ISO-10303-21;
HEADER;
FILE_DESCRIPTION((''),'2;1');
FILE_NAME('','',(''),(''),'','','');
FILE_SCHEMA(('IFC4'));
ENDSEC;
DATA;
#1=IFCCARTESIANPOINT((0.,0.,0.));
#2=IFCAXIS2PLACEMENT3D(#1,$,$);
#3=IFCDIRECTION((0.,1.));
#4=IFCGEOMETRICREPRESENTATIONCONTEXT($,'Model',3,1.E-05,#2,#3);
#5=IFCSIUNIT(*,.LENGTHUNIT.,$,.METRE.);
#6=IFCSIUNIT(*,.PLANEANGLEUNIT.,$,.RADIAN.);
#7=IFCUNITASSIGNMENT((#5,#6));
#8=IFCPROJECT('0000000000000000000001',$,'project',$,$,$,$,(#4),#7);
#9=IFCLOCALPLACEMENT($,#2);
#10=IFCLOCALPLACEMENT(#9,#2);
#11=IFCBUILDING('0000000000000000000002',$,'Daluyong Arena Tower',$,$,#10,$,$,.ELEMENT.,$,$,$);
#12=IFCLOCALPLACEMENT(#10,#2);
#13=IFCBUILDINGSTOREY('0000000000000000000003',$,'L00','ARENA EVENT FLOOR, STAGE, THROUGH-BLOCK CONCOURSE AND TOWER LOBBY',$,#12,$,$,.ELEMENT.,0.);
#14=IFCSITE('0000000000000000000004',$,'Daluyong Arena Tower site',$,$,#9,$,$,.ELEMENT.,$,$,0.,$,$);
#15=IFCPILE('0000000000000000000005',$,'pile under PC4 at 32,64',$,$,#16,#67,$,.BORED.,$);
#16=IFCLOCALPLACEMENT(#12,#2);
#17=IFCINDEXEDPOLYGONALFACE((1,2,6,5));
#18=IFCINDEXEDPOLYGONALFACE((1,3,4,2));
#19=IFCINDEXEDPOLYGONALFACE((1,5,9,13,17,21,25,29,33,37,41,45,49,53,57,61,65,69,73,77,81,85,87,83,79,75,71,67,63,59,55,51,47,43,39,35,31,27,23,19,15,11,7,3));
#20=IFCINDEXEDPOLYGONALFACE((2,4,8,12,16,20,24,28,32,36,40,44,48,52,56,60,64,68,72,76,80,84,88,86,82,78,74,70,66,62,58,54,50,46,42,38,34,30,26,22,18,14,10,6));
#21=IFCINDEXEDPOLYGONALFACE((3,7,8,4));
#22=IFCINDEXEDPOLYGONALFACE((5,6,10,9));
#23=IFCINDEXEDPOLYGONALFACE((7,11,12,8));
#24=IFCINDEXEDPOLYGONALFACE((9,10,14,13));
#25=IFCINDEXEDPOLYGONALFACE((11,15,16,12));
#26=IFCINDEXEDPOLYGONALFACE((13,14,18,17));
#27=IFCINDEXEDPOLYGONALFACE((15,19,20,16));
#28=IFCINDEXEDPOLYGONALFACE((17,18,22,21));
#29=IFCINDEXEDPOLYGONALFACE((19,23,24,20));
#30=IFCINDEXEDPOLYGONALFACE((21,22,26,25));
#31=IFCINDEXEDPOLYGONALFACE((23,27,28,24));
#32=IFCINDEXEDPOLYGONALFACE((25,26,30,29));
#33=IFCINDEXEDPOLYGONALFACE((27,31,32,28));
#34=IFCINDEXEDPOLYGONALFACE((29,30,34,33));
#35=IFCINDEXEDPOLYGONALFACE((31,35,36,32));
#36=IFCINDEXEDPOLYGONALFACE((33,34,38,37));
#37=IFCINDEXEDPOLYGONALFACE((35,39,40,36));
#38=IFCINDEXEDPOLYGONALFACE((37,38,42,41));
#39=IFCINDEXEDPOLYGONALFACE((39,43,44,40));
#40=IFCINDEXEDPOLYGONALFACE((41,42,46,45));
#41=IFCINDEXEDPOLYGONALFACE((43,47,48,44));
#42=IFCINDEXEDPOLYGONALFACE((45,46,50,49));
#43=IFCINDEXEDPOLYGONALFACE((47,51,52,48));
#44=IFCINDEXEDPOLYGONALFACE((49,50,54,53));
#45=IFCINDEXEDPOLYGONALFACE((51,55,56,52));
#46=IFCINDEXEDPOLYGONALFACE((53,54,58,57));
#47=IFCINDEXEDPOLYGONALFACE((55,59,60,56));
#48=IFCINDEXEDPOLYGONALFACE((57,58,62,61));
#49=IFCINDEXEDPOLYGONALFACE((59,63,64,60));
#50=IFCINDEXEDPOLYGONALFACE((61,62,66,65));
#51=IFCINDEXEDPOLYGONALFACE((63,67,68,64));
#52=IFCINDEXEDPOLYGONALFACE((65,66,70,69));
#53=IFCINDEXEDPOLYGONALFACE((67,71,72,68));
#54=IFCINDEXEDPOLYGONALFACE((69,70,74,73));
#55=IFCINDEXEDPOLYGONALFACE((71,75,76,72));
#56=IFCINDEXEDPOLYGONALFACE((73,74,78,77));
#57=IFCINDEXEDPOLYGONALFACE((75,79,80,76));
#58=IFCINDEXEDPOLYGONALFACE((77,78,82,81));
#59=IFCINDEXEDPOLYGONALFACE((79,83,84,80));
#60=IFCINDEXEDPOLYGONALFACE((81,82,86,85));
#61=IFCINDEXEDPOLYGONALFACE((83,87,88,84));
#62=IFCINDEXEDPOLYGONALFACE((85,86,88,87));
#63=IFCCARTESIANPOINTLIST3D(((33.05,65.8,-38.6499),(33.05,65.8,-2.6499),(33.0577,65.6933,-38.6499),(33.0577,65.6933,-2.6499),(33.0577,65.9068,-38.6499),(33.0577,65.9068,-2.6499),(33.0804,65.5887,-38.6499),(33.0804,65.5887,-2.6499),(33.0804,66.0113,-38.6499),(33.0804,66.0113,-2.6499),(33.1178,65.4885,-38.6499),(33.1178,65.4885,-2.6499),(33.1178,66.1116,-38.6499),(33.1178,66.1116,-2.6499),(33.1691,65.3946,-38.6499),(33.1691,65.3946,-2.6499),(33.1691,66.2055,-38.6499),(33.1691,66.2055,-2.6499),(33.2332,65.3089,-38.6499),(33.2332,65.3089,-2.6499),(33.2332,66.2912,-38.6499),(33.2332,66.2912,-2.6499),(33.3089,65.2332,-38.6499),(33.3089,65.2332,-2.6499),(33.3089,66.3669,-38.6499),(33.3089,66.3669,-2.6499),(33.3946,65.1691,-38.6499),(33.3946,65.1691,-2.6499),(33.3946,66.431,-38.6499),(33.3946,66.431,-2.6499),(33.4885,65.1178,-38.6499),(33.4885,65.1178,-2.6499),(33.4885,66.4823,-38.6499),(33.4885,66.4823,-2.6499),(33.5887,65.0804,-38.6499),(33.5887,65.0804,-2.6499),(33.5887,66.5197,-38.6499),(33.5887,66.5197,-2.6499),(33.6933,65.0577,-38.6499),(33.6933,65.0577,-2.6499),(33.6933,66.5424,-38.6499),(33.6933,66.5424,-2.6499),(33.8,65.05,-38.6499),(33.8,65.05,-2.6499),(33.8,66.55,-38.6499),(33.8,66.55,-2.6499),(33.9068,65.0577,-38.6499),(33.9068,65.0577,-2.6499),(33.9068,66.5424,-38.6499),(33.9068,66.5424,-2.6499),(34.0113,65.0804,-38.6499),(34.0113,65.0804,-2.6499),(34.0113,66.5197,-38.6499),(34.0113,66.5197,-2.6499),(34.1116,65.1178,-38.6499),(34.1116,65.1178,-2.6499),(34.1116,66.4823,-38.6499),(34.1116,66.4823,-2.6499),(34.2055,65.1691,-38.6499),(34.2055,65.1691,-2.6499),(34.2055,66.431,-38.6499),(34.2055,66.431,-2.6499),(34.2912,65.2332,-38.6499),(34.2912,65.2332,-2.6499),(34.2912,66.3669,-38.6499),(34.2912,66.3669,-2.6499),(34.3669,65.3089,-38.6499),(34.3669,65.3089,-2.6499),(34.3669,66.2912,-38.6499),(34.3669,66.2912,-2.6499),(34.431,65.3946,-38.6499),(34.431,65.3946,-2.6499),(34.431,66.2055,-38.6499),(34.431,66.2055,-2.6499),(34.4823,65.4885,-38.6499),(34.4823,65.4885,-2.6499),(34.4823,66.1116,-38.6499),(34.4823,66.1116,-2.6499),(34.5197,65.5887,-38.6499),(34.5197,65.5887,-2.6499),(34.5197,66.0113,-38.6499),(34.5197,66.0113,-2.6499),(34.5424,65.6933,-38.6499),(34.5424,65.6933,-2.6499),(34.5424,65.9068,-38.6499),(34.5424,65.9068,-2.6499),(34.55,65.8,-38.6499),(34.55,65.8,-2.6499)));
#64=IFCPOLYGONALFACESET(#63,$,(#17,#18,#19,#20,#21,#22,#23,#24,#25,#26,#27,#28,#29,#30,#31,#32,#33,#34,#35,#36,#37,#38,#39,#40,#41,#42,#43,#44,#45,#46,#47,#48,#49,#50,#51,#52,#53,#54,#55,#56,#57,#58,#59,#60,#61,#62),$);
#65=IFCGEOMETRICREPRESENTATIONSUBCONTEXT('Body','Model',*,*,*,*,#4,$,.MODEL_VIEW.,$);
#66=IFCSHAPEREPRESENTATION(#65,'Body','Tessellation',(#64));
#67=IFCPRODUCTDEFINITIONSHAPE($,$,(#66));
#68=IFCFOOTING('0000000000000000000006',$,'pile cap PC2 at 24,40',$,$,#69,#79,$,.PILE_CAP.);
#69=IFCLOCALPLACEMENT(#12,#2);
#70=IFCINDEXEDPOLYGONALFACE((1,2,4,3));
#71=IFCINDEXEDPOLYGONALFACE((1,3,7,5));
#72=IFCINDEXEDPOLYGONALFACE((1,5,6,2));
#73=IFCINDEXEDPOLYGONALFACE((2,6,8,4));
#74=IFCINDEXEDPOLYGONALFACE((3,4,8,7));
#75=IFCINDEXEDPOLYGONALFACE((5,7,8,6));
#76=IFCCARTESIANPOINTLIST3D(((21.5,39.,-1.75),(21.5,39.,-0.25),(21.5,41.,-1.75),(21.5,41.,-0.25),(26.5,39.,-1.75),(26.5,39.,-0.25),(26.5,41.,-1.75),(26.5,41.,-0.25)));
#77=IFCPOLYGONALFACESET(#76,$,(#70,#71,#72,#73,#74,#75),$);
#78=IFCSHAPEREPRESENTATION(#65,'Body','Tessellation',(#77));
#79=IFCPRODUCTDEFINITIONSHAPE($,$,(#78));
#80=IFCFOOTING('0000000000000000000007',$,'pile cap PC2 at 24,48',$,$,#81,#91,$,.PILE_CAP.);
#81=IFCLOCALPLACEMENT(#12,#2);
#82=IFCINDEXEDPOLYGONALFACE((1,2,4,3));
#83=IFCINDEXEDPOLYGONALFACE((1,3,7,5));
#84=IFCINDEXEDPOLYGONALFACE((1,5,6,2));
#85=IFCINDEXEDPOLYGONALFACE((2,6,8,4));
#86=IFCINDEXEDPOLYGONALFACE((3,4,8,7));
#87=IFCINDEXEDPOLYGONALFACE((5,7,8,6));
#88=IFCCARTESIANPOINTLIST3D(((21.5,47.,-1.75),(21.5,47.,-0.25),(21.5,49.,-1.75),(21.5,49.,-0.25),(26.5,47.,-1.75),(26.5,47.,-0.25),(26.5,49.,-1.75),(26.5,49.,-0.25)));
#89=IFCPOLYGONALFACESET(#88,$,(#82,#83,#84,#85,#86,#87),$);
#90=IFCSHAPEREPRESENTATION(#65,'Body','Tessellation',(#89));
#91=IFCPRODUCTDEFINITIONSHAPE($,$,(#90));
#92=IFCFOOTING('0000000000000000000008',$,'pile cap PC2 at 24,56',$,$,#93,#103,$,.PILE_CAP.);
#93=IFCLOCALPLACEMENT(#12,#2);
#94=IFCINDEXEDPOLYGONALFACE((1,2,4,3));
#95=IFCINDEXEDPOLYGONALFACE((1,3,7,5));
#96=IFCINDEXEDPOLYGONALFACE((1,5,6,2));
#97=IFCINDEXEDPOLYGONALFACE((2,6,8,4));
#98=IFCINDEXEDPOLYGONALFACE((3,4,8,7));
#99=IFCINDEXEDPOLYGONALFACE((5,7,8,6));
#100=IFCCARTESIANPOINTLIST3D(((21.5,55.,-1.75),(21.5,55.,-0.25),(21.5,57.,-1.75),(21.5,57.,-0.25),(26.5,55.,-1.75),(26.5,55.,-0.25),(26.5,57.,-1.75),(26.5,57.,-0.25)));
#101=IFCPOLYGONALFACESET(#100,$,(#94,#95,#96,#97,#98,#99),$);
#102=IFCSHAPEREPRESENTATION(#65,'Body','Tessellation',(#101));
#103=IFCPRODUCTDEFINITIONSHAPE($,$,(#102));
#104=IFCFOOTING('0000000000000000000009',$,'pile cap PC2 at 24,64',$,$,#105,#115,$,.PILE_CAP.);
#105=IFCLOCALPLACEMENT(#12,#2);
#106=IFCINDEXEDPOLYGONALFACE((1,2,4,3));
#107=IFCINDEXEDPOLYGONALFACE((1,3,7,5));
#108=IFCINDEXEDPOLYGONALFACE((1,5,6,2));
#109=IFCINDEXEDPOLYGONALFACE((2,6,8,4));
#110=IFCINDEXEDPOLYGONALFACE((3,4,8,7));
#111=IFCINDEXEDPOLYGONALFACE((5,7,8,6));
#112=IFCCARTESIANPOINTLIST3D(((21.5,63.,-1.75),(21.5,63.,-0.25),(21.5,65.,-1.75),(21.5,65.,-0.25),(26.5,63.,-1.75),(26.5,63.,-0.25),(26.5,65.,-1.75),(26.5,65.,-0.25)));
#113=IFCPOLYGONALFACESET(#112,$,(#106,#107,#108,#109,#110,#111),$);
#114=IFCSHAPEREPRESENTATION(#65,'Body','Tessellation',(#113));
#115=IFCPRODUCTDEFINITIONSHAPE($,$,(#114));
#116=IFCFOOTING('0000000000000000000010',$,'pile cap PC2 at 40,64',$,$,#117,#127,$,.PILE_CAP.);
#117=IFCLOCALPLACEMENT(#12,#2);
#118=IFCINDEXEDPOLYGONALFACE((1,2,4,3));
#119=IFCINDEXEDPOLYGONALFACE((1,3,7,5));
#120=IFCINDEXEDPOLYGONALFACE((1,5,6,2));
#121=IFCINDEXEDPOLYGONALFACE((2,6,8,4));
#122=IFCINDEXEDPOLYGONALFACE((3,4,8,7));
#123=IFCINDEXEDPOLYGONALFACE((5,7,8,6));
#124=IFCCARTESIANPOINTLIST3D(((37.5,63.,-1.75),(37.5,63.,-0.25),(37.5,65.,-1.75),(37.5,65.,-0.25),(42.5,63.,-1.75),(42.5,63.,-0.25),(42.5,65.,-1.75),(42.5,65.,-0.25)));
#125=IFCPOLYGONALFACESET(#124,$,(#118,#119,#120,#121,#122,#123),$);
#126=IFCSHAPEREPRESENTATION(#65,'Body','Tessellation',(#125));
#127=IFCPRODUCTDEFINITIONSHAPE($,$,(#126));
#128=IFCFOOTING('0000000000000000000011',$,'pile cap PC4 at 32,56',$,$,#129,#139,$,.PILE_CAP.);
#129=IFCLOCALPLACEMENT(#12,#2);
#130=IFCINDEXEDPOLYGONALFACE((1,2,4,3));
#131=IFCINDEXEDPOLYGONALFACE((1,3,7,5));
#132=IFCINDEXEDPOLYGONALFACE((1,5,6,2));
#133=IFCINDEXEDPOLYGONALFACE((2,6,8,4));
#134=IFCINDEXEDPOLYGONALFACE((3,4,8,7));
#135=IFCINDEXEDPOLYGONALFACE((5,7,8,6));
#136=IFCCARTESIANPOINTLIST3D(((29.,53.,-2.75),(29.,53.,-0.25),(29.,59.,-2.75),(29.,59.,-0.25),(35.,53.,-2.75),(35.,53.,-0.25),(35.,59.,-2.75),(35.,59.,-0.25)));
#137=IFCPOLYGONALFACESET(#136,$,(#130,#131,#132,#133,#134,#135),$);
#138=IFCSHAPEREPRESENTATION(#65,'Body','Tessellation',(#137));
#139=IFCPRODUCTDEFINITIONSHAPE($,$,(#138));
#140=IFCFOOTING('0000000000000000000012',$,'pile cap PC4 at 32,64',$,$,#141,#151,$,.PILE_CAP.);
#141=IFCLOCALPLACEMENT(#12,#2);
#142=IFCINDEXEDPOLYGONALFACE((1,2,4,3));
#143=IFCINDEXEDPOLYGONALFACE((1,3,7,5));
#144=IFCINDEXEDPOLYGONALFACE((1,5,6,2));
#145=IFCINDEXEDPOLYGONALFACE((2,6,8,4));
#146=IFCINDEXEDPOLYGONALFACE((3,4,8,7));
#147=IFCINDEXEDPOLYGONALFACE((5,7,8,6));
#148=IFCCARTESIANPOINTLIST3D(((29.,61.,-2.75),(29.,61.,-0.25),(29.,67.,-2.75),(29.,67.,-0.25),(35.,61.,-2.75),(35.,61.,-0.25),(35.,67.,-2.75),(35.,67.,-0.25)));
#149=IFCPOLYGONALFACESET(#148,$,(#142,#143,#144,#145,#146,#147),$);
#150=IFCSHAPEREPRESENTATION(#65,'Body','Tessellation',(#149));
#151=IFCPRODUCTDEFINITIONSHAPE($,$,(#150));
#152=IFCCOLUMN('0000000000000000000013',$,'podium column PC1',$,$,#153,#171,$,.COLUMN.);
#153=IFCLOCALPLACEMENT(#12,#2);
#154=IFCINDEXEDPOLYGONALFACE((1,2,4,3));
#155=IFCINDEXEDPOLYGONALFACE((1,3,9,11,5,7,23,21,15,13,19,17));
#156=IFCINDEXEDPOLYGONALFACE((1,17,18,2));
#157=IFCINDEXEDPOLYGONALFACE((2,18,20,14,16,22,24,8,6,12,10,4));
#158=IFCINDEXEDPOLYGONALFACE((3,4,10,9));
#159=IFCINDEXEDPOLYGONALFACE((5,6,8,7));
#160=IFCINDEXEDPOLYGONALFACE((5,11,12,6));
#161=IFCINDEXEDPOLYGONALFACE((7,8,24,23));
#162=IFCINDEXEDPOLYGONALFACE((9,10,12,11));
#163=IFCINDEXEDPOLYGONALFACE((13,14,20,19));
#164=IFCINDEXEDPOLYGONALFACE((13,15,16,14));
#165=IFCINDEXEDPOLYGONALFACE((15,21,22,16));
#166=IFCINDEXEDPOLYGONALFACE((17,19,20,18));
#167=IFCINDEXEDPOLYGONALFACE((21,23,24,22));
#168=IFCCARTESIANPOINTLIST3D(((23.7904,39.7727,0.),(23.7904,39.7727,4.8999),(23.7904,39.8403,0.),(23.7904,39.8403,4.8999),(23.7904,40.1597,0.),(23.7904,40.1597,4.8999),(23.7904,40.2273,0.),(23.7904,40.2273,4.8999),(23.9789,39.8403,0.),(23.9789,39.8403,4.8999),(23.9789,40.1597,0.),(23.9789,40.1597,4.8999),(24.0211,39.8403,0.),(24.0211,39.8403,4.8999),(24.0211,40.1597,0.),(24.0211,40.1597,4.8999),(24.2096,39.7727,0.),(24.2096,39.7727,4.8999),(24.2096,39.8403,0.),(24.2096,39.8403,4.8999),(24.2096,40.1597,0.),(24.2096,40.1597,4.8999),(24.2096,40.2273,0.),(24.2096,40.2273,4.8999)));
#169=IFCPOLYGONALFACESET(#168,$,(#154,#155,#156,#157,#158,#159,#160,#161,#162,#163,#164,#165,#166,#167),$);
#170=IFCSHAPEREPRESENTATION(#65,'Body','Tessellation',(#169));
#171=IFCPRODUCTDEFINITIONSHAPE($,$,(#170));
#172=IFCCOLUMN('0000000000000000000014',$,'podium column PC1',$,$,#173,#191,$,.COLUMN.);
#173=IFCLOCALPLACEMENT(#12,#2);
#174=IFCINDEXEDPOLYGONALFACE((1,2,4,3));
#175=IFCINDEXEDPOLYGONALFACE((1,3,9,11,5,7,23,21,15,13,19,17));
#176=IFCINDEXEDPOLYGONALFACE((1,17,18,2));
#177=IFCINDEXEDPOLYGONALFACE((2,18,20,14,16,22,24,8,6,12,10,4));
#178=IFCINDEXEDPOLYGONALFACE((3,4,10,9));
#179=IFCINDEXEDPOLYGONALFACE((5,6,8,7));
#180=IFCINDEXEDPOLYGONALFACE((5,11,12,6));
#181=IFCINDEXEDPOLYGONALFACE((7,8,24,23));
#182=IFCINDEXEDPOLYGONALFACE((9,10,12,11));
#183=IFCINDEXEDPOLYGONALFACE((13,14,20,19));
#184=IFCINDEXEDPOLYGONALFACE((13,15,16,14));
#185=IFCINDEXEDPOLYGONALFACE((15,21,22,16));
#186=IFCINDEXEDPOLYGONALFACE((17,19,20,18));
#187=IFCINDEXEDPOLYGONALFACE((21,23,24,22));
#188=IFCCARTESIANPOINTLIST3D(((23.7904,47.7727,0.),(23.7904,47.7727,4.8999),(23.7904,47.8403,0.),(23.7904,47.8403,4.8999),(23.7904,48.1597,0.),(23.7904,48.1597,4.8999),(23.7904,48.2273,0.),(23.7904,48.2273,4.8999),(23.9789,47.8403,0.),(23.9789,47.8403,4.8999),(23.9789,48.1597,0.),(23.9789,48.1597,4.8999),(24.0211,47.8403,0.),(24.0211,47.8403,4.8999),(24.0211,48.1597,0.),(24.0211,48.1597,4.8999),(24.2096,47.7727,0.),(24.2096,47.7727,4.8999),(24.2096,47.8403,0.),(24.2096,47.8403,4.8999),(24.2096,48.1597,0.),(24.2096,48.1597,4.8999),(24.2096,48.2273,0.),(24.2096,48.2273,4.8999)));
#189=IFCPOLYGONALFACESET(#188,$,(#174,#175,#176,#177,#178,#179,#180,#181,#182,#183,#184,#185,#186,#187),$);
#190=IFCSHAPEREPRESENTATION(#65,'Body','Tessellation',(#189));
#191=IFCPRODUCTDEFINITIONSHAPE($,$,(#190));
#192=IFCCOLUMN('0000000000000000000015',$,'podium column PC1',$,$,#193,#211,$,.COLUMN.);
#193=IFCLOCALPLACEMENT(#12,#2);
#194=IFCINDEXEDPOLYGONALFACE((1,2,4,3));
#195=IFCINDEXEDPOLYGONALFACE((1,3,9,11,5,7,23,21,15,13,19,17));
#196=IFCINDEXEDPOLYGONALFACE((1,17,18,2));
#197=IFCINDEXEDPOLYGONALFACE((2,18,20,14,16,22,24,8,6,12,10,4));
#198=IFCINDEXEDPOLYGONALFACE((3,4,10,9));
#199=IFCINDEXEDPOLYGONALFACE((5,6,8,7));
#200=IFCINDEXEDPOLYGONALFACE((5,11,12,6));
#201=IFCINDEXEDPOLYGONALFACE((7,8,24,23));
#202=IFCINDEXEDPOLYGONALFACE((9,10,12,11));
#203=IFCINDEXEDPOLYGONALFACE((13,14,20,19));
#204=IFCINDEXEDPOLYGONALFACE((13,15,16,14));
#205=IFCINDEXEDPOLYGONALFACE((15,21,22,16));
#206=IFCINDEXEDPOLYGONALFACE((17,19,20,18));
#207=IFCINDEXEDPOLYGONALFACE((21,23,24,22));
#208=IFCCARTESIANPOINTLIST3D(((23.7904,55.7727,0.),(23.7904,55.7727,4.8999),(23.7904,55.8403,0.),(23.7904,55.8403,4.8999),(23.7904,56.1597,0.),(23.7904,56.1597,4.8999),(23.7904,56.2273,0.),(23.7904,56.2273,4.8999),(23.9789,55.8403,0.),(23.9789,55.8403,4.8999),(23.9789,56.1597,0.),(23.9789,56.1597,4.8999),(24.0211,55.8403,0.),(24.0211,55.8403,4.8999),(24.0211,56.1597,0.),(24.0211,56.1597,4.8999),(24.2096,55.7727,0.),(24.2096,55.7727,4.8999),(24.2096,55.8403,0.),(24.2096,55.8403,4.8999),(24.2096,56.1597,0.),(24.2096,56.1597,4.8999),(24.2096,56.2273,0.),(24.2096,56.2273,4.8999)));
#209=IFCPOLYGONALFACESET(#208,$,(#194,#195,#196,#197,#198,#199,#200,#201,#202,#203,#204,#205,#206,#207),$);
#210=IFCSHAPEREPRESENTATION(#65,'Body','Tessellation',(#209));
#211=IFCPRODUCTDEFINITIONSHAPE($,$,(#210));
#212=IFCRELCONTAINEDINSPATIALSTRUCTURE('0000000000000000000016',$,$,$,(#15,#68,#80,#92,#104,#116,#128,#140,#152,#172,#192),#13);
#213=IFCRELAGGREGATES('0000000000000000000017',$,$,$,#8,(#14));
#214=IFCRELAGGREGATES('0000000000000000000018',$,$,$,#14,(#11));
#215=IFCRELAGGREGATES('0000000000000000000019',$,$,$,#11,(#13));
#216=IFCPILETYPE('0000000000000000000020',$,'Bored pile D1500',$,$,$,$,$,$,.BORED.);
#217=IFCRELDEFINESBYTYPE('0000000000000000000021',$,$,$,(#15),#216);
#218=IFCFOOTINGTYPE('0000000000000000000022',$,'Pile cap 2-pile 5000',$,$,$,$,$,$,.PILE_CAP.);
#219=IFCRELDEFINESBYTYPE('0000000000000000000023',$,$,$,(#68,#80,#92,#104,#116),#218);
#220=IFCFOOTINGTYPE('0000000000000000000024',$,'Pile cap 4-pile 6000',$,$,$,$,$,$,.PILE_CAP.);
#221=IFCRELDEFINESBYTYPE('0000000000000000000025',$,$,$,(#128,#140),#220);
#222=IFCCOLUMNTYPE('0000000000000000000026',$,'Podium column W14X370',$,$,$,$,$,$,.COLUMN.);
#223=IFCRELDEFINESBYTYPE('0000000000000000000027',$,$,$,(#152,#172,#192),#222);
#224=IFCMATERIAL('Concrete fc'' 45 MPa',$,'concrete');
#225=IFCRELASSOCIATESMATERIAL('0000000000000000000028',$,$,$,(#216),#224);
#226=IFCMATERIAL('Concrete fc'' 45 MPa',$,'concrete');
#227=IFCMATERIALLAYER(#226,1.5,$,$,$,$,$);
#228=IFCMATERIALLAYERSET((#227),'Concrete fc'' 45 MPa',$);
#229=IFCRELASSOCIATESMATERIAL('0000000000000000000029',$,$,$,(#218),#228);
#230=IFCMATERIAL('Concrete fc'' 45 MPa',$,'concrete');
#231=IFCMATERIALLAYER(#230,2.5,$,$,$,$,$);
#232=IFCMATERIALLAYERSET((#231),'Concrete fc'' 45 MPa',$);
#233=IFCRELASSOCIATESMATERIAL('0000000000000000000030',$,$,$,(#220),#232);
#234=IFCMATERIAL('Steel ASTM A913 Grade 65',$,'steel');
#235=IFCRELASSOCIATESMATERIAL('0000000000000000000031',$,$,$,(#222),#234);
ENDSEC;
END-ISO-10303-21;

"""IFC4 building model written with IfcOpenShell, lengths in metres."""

from ifc_helpers import new_model, si_unit, direction, frame, origin, origin_2d, place, context, subcontext, project, spatial, rectangle, circle, i_section, extrude, material, layer, layer_set, material_profile, profile_set, type_object, element, save


model = new_model("IFC4")

# Units and contexts
model_context = context("Model", 3, precision=1e-05, world=origin(), true_north=direction((0.0, 1.0)))
body_context = subcontext(model_context, "Body", "Model", "MODEL_VIEW")
ifc_project = project(units=[si_unit("LENGTHUNIT", "METRE"), si_unit("PLANEANGLEUNIT", "RADIAN")], contexts=[model_context])

# Site, building, storey
site_placement = place(None, origin())
site = spatial("IfcSite", under=ifc_project, at=site_placement, Name="Daluyong Arena Tower site", CompositionType="ELEMENT", RefElevation=0.0)
building_placement = place(site_placement, origin())
building = spatial("IfcBuilding", under=site, at=building_placement, Name="Daluyong Arena Tower", CompositionType="ELEMENT")
storey_placement = place(building_placement, origin())
storey = spatial("IfcBuildingStorey", under=building, at=storey_placement, Name="L00", Description="ARENA EVENT FLOOR, STAGE, THROUGH-BLOCK CONCOURSE AND TOWER LOBBY", CompositionType="ELEMENT", Elevation=0.0)

# Pile
ifc_material_1 = material(Name="Concrete fc' 45 MPa", Category="concrete")
pile_type_1 = type_object("IfcPileType", Name="Bored pile D1500", PredefinedType="BORED", material=ifc_material_1)
for number, where, z_axis, x_axis, name in (
    (1, (33.8, 65.8, -2.6499), (0.0, 0.0, -1.0), (1.0, 0.0, 0.0), "pile under PC4 at 32,64"),
):
    element("IfcPile", number, at=place(storey_placement, frame(where, z_axis=z_axis, x_axis=x_axis)), inside=storey, type_object=pile_type_1, Name=name, PredefinedType="BORED", context=body_context, shape_type="SweptSolid", body=[
        extrude(circle(Radius=0.75, at=origin_2d()), origin(), (0.0, 0.0, 1.0), 36.0),
    ])

# Footings
ifc_material_2 = material(Name="Concrete fc' 45 MPa", Category="concrete")
ifc_layer_1 = layer(ifc_material_2, 1.5)
ifc_layer_set_1 = layer_set([ifc_layer_1], Name="Concrete fc' 45 MPa")
footing_type_1 = type_object("IfcFootingType", Name="Pile cap 2-pile 5000", PredefinedType="PILE_CAP", material=ifc_layer_set_1)
for number, where, z_axis, x_axis, name in (
    (2, (24.0, 40.0, -1.75), (0.0, 0.0, 1.0), (1.0, 0.0, 0.0), "pile cap PC2 at 24,40"),
    (3, (24.0, 48.0, -1.75), (0.0, 0.0, 1.0), (1.0, 0.0, 0.0), "pile cap PC2 at 24,48"),
    (4, (24.0, 56.0, -1.75), (0.0, 0.0, 1.0), (1.0, 0.0, 0.0), "pile cap PC2 at 24,56"),
    (5, (24.0, 64.0, -1.75), (0.0, 0.0, 1.0), (1.0, 0.0, 0.0), "pile cap PC2 at 24,64"),
    (6, (40.0, 64.0, -1.75), (0.0, 0.0, 1.0), (1.0, 0.0, 0.0), "pile cap PC2 at 40,64"),
):
    element("IfcFooting", number, at=place(storey_placement, frame(where, z_axis=z_axis, x_axis=x_axis)), inside=storey, type_object=footing_type_1, Name=name, PredefinedType="PILE_CAP", context=body_context, shape_type="SweptSolid", body=[
        extrude(rectangle(XDim=5.0, YDim=2.0, at=origin_2d()), origin(), (0.0, 0.0, 1.0), 1.5),
    ])
ifc_material_3 = material(Name="Concrete fc' 45 MPa", Category="concrete")
ifc_layer_2 = layer(ifc_material_3, 2.5)
ifc_layer_set_2 = layer_set([ifc_layer_2], Name="Concrete fc' 45 MPa")
footing_type_2 = type_object("IfcFootingType", Name="Pile cap 4-pile 6000", PredefinedType="PILE_CAP", material=ifc_layer_set_2)
for number, where, z_axis, x_axis, name in (
    (7, (32.0, 56.0, -2.75), (0.0, 0.0, 1.0), (1.0, 0.0, 0.0), "pile cap PC4 at 32,56"),
    (8, (32.0, 64.0, -2.75), (0.0, 0.0, 1.0), (1.0, 0.0, 0.0), "pile cap PC4 at 32,64"),
):
    element("IfcFooting", number, at=place(storey_placement, frame(where, z_axis=z_axis, x_axis=x_axis)), inside=storey, type_object=footing_type_2, Name=name, PredefinedType="PILE_CAP", context=body_context, shape_type="SweptSolid", body=[
        extrude(rectangle(XDim=6.0, YDim=6.0, at=origin_2d()), origin(), (0.0, 0.0, 1.0), 2.5),
    ])

# Columns
ifc_material_4 = material(Name="Steel ASTM A913 Grade 65", Category="steel")
ifc_material_profile_1 = material_profile(ifc_material_4, i_section(OverallWidth=0.4192, OverallDepth=0.4546, WebThickness=0.0422, FlangeThickness=0.0676, at=origin_2d()))
ifc_profile_set_1 = profile_set([ifc_material_profile_1], Name="Steel ASTM A913 Grade 65")
column_type_1 = type_object("IfcColumnType", Name="Podium column W14X370", PredefinedType="COLUMN", material=ifc_profile_set_1)
for number, where, z_axis, x_axis, name in (
    (9, (24.0, 40.0, 0.0), (0.0, 0.0, 1.0), (1.0, 0.0, 0.0), "podium column PC1"),
    (10, (24.0, 48.0, 0.0), (0.0, 0.0, 1.0), (1.0, 0.0, 0.0), "podium column PC1"),
    (11, (24.0, 56.0, 0.0), (0.0, 0.0, 1.0), (1.0, 0.0, 0.0), "podium column PC1"),
):
    element("IfcColumn", number, at=place(storey_placement, frame(where, z_axis=z_axis, x_axis=x_axis)), inside=storey, type_object=column_type_1, Name=name, PredefinedType="COLUMN", context=body_context, shape_type="SweptSolid", body=[
        extrude(i_section(OverallWidth=0.4192, OverallDepth=0.4546, WebThickness=0.0422, FlangeThickness=0.0676, at=origin_2d()), origin(), (0.0, 0.0, 1.0), 4.8999),
    ])

save(model, "model.ifc")
